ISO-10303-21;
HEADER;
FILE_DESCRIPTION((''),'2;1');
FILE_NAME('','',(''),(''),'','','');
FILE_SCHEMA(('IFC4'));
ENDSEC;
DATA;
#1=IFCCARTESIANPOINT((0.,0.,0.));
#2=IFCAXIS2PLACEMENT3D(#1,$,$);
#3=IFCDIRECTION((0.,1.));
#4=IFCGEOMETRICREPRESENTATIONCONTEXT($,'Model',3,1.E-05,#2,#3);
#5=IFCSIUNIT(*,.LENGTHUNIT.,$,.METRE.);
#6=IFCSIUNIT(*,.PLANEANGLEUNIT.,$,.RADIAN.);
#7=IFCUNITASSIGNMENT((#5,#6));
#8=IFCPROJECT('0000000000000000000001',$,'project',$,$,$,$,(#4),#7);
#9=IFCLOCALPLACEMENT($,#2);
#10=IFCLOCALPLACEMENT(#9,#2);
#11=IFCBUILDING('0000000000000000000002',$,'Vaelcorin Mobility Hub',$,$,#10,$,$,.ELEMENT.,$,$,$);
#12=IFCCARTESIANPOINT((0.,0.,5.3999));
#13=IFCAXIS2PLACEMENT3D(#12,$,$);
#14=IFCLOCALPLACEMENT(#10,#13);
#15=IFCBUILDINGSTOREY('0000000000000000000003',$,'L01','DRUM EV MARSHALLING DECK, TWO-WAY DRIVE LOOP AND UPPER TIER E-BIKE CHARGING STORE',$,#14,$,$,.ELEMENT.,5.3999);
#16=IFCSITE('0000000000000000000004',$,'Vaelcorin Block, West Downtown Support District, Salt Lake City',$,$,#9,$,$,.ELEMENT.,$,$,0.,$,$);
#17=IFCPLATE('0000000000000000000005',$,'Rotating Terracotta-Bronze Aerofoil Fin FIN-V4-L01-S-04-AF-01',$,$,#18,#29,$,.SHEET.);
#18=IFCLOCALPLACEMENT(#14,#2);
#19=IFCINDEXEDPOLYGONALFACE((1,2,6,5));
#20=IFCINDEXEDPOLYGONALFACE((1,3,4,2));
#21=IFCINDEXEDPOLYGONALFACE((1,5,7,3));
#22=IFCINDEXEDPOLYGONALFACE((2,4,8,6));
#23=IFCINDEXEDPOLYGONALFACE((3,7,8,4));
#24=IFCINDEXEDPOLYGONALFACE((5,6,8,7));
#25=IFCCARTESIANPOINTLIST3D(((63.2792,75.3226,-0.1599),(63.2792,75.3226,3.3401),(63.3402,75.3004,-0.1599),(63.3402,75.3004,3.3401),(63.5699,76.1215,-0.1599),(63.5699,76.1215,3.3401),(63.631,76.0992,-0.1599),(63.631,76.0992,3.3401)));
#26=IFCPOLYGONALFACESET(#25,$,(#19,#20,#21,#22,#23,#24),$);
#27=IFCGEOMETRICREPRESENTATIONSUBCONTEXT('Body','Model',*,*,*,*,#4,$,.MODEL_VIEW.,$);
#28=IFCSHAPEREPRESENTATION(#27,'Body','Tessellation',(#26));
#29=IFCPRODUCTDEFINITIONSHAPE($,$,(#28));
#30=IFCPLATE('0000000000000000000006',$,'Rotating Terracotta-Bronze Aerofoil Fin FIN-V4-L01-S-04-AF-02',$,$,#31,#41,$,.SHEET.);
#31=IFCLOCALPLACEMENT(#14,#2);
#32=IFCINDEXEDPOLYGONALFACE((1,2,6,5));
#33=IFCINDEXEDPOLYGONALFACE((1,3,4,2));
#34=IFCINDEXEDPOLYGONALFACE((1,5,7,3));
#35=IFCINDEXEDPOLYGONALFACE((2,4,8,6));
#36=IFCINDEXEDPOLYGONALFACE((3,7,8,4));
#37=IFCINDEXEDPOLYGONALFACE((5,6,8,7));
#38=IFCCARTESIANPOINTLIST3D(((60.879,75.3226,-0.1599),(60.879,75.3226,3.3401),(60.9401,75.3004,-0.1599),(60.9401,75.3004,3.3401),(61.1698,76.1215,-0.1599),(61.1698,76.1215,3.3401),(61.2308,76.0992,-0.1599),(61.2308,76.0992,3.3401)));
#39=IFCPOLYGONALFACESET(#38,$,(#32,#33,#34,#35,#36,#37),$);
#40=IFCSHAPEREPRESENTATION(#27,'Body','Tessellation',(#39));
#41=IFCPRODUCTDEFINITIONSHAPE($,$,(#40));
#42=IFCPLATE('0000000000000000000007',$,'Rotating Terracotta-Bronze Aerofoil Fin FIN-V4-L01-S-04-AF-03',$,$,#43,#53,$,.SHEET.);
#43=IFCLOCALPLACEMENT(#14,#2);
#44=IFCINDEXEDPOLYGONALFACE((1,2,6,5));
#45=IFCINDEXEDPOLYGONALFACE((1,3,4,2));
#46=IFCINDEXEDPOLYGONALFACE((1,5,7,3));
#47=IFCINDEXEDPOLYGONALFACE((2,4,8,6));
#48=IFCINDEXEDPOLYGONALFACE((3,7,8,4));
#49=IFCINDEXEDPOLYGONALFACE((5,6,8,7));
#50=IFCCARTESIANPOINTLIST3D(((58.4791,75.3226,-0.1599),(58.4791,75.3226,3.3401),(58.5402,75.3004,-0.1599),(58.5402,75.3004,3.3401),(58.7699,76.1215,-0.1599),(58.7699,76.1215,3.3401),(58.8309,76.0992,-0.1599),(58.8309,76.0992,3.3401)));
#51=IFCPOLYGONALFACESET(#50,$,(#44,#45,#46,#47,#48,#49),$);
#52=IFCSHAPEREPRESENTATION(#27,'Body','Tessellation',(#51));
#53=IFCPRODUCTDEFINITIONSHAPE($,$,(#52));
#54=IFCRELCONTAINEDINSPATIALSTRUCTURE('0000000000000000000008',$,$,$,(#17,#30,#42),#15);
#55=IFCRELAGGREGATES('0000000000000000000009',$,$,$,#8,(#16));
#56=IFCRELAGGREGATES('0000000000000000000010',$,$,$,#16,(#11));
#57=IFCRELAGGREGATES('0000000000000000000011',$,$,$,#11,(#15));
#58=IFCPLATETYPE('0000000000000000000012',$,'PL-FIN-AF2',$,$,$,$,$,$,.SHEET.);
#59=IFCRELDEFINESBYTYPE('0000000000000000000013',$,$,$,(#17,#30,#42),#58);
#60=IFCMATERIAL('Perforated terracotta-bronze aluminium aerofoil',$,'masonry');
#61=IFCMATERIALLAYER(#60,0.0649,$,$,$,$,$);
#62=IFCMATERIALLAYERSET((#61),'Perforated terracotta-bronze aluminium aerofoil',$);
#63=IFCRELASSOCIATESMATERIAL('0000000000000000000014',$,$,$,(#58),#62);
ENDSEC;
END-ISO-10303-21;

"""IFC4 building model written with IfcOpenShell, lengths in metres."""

from ifc_helpers import new_model, si_unit, direction, frame, origin, origin_2d, place, context, subcontext, project, spatial, rectangle, extrude, material, layer, layer_set, type_object, element, save


model = new_model("IFC4")

# Units and contexts
model_context = context("Model", 3, precision=1e-05, world=origin(), true_north=direction((0.0, 1.0)))
body_context = subcontext(model_context, "Body", "Model", "MODEL_VIEW")
ifc_project = project(units=[si_unit("LENGTHUNIT", "METRE"), si_unit("PLANEANGLEUNIT", "RADIAN")], contexts=[model_context])

# Site, building, storey
site_placement = place(None, origin())
site = spatial("IfcSite", under=ifc_project, at=site_placement, Name="Vaelcorin Block, West Downtown Support District, Salt Lake City", CompositionType="ELEMENT", RefElevation=0.0)
building_placement = place(site_placement, origin())
building = spatial("IfcBuilding", under=site, at=building_placement, Name="Vaelcorin Mobility Hub", CompositionType="ELEMENT")
storey_placement = place(building_placement, frame((0.0, 0.0, 5.3999)))
storey = spatial("IfcBuildingStorey", under=building, at=storey_placement, Name="L01", Description="DRUM EV MARSHALLING DECK, TWO-WAY DRIVE LOOP AND UPPER TIER E-BIKE CHARGING STORE", CompositionType="ELEMENT", Elevation=5.3999)

# Plates
ifc_material_1 = material(Name="Perforated terracotta-bronze aluminium aerofoil", Category="masonry")
ifc_layer_1 = layer(ifc_material_1, 0.0649)
ifc_layer_set_1 = layer_set([ifc_layer_1], Name="Perforated terracotta-bronze aluminium aerofoil")
plate_type_1 = type_object("IfcPlateType", Name="PL-FIN-AF2", PredefinedType="SHEET", material=ifc_layer_set_1)
for number, where, z_axis, x_axis, name in (
    (1, (63.4551, 75.7109, -0.1599), (0.0, 0.0, 1.0), (-0.34202, -0.939693, 0.0), "Rotating Terracotta-Bronze Aerofoil Fin FIN-V4-L01-S-04-AF-01"),
    (2, (61.0549, 75.7109, -0.1599), (0.0, 0.0, 1.0), (-0.34202, -0.939693, 0.0), "Rotating Terracotta-Bronze Aerofoil Fin FIN-V4-L01-S-04-AF-02"),
    (3, (58.655, 75.7109, -0.1599), (0.0, 0.0, 1.0), (-0.34202, -0.939693, 0.0), "Rotating Terracotta-Bronze Aerofoil Fin FIN-V4-L01-S-04-AF-03"),
):
    element("IfcPlate", number, at=place(storey_placement, frame(where, z_axis=z_axis, x_axis=x_axis)), inside=storey, type_object=plate_type_1, Name=name, PredefinedType="SHEET", context=body_context, shape_type="SweptSolid", body=[
        extrude(rectangle(XDim=0.8501, YDim=0.0649, at=origin_2d()), origin(), (0.0, 0.0, 1.0), 3.5),
    ])

save(model, "model.ifc")
